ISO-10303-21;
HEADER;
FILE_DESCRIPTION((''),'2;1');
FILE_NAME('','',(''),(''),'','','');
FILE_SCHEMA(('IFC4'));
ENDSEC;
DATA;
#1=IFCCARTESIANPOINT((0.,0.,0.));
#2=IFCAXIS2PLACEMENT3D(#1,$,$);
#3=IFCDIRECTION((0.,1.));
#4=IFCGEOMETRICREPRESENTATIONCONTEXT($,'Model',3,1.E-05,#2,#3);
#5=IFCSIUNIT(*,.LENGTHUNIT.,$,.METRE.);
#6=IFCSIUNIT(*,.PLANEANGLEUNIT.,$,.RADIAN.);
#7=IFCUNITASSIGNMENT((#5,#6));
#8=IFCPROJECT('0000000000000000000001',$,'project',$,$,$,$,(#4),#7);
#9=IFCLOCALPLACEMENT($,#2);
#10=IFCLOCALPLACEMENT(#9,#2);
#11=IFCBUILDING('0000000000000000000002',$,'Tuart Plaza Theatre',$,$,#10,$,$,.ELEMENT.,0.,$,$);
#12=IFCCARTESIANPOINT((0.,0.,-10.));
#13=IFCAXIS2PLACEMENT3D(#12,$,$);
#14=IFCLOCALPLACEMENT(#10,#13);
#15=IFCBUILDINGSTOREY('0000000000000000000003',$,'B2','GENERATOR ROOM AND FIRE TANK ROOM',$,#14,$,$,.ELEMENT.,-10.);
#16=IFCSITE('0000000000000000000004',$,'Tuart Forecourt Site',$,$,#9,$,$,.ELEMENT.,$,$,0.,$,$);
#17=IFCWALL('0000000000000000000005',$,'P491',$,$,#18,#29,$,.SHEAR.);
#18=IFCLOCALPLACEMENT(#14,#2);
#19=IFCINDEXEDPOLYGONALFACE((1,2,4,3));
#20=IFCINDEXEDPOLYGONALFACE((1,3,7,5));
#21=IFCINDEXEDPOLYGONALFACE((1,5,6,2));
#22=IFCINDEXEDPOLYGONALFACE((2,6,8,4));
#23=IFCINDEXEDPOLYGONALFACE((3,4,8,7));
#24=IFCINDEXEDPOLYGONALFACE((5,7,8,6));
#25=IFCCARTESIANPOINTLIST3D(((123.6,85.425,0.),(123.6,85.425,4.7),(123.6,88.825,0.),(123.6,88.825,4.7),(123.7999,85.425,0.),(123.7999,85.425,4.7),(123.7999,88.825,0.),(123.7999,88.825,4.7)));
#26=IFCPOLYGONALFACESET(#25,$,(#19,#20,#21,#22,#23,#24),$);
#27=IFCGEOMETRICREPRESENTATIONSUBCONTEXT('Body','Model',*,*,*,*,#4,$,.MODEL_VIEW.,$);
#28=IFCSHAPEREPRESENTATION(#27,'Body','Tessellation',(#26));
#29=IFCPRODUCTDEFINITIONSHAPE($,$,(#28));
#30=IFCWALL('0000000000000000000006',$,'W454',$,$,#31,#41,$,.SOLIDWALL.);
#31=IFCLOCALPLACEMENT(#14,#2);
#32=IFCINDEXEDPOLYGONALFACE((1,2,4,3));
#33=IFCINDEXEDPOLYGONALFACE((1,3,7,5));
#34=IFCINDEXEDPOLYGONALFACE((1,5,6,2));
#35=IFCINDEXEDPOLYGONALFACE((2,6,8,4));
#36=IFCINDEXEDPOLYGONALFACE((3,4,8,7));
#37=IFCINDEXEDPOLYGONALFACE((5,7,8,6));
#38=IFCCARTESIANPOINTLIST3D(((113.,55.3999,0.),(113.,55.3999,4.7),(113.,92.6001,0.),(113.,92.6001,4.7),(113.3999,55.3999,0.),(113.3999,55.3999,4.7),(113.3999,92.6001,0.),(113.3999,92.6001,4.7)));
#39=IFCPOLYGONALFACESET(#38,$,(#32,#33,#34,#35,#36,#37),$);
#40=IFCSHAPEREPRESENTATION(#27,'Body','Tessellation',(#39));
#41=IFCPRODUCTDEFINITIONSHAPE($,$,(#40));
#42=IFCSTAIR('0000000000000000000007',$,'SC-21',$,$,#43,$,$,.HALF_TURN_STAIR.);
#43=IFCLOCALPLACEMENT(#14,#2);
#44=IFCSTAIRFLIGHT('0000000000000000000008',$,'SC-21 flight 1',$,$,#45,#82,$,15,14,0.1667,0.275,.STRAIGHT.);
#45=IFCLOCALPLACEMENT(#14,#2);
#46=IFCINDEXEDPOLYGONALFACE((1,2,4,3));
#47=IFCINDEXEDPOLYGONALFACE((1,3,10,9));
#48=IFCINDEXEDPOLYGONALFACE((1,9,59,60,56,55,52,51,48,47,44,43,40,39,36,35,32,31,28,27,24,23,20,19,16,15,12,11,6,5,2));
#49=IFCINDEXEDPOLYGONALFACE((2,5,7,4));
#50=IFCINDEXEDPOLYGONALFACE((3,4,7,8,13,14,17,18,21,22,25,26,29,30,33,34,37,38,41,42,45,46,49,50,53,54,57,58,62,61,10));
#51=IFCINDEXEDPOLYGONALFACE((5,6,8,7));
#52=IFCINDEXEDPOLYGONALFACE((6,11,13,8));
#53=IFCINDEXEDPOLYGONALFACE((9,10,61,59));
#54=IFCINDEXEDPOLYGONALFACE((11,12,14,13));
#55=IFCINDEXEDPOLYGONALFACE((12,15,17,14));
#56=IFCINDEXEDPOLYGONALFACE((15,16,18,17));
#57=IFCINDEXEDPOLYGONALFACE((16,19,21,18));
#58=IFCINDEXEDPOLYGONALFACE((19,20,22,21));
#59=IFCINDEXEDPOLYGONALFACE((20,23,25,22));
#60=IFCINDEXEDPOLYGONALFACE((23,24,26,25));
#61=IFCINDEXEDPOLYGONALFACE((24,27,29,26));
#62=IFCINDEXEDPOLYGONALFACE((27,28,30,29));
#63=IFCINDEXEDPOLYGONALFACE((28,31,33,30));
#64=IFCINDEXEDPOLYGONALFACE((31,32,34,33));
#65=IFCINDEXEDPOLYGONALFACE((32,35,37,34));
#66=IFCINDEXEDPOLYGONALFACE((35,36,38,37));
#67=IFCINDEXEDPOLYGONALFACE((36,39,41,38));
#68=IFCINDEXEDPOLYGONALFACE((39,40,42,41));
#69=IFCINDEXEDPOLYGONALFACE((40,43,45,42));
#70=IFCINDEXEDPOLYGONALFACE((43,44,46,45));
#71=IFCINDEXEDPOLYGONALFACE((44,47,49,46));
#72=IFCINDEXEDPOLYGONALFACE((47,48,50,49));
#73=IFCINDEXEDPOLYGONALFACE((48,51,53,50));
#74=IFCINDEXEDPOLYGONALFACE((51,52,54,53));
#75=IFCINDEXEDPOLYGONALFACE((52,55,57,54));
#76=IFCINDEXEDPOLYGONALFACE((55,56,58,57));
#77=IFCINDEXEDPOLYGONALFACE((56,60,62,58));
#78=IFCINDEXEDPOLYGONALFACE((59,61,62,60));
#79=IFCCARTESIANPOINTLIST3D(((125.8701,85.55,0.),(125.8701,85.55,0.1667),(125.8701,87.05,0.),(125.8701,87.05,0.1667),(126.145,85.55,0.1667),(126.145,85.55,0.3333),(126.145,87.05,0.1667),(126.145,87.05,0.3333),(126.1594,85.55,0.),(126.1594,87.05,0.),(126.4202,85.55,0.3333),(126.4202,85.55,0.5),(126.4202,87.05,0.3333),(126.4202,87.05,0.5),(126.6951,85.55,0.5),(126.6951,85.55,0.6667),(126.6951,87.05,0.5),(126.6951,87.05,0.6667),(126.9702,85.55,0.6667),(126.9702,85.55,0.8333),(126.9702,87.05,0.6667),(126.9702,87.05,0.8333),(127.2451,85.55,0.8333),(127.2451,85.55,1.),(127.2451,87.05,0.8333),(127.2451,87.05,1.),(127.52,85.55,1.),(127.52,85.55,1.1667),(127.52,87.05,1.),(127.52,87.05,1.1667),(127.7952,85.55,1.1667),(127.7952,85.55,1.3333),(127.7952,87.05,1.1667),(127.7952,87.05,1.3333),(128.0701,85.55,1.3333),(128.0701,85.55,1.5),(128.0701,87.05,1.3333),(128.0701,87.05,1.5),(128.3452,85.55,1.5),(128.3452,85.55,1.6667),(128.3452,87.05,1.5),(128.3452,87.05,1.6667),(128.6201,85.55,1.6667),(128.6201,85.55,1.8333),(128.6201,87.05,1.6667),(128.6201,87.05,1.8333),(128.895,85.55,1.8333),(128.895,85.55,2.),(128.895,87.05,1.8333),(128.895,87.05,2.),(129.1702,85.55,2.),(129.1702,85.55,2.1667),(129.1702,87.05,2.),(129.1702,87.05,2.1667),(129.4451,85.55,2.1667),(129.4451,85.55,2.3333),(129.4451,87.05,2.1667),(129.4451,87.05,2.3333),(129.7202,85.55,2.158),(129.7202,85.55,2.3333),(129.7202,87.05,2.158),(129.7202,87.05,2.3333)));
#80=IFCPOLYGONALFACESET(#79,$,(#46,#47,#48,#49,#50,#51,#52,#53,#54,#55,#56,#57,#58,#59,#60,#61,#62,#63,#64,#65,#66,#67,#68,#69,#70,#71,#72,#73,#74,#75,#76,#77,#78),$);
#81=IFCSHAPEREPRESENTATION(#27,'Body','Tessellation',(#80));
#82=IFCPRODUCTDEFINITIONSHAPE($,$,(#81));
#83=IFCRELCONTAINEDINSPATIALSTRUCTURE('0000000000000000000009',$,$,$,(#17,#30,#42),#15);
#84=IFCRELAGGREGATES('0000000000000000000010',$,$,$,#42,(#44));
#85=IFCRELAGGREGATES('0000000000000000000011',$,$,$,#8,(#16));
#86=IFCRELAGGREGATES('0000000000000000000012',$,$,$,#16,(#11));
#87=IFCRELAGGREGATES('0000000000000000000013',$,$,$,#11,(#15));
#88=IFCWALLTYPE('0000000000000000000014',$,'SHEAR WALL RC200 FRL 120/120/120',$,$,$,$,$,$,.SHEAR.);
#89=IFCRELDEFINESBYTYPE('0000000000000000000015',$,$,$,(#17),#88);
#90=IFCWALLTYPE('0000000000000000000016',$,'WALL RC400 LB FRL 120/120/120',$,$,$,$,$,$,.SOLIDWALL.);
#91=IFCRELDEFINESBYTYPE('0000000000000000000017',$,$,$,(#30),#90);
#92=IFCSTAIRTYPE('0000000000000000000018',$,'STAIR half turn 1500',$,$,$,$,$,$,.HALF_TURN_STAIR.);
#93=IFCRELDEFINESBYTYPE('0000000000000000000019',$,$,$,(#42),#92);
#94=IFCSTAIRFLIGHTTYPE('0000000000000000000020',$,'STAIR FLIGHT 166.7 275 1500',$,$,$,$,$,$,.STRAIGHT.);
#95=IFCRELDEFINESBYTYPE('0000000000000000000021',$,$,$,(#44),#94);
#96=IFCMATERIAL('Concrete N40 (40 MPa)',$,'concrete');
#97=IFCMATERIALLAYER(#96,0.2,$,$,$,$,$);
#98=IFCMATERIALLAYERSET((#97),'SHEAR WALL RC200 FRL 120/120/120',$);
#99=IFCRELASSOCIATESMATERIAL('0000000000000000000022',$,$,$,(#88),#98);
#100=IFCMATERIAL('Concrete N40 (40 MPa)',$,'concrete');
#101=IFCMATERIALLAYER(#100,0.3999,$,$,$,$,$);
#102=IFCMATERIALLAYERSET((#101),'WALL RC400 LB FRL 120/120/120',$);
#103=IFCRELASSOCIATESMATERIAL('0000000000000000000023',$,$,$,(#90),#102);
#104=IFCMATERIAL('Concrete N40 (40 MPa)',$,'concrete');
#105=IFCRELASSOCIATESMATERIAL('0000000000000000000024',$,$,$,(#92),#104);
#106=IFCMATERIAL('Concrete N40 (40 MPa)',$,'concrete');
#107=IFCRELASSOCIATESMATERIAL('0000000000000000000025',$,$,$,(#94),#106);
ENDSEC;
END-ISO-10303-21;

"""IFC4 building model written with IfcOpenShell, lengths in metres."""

from ifc_helpers import new_model, si_unit, direction, frame, frame_2d, origin, place, context, subcontext, project, spatial, polyline, rectangle, outline, extrude, material, layer, layer_set, type_object, element, aggregate, save


model = new_model("IFC4")

# Units and contexts
model_context = context("Model", 3, precision=1e-05, world=origin(), true_north=direction((0.0, 1.0)))
body_context = subcontext(model_context, "Body", "Model", "MODEL_VIEW")
ifc_project = project(units=[si_unit("LENGTHUNIT", "METRE"), si_unit("PLANEANGLEUNIT", "RADIAN")], contexts=[model_context])

# Site, building, storey
site_placement = place(None, origin())
site = spatial("IfcSite", under=ifc_project, at=site_placement, Name="Tuart Forecourt Site", CompositionType="ELEMENT", RefElevation=0.0)
building_placement = place(site_placement, origin())
building = spatial("IfcBuilding", under=site, at=building_placement, Name="Tuart Plaza Theatre", CompositionType="ELEMENT", ElevationOfRefHeight=0.0)
storey_placement = place(building_placement, frame((0.0, 0.0, -10.0)))
storey = spatial("IfcBuildingStorey", under=building, at=storey_placement, Name="B2", Description="GENERATOR ROOM AND FIRE TANK ROOM", CompositionType="ELEMENT", Elevation=-10.0)

# Shared definitions
ifc_material_1 = material(Name="Concrete N40 (40 MPa)", Category="concrete")
ifc_layer_1 = layer(ifc_material_1, 0.2)
ifc_layer_set_1 = layer_set([ifc_layer_1], Name="SHEAR WALL RC200 FRL 120/120/120")
wall_type_1 = type_object("IfcWallType", Name="SHEAR WALL RC200 FRL 120/120/120", PredefinedType="SHEAR", material=ifc_layer_set_1)

# Walls
wall_1_placement = place(storey_placement, frame((123.7, 88.825, 0.0), z_axis=(0.0, 0.0, 1.0), x_axis=(0.0, -1.0, 0.0)))
element("IfcWall", 1, at=wall_1_placement, inside=storey, type_object=wall_type_1, Name="P491", PredefinedType="SHEAR", context=body_context, shape_type="SweptSolid", body=[
    extrude(rectangle(XDim=3.3999, YDim=0.2, at=frame_2d((1.7, 0.0))), origin(), (0.0, 0.0, 1.0), 4.7),
])
ifc_material_2 = material(Name="Concrete N40 (40 MPa)", Category="concrete")
ifc_layer_2 = layer(ifc_material_2, 0.3999)
ifc_layer_set_2 = layer_set([ifc_layer_2], Name="WALL RC400 LB FRL 120/120/120")
wall_type_2 = type_object("IfcWallType", Name="WALL RC400 LB FRL 120/120/120", PredefinedType="SOLIDWALL", material=ifc_layer_set_2)
wall_2_placement = place(storey_placement, frame((113.2, 92.6001, 0.0), z_axis=(0.0, 0.0, 1.0), x_axis=(0.0, -1.0, 0.0)))
element("IfcWall", 2, at=wall_2_placement, inside=storey, type_object=wall_type_2, Name="W454", PredefinedType="SOLIDWALL", context=body_context, shape_type="SweptSolid", body=[
    extrude(rectangle(XDim=37.2002, YDim=0.3999, at=frame_2d((18.6001, 0.0))), origin(), (0.0, 0.0, 1.0), 4.7),
])

# Stair, stair flight
ifc_material_3 = material(Name="Concrete N40 (40 MPa)", Category="concrete")
stair_type = type_object("IfcStairType", Name="STAIR half turn 1500", PredefinedType="HALF_TURN_STAIR", material=ifc_material_3)
stair_placement = place(storey_placement, origin())
stair = element("IfcStair", 3, at=stair_placement, inside=storey, type_object=stair_type, Name="SC-21", PredefinedType="HALF_TURN_STAIR")
ifc_material_4 = material(Name="Concrete N40 (40 MPa)", Category="concrete")
stair_flight_type = type_object("IfcStairFlightType", Name="STAIR FLIGHT 166.7 275 1500", PredefinedType="STRAIGHT", material=ifc_material_4)
stair_flight_placement = place(storey_placement, frame((125.8701, 86.3, 0.0), z_axis=(0.0, 0.0, 1.0), x_axis=(1.0, 0.0, 0.0)))
stair_flight = element("IfcStairFlight", 4, at=stair_flight_placement, type_object=stair_flight_type, Name="SC-21 flight 1", NumberOfRisers=15, NumberOfTreads=14, PredefinedType="STRAIGHT", RiserHeight=0.1667, TreadLength=0.275, context=body_context, shape_type="SweptSolid", body=[
    extrude(outline(polyline([(0.0, 0.0), (0.0, 0.1667), (0.2749, 0.1667), (0.2749, 0.3333), (0.55, 0.3333), (0.55, 0.5), (0.825, 0.5), (0.825, 0.6667), (1.1001, 0.6667), (1.1001, 0.8333), (1.375, 0.8333), (1.375, 1.0), (1.6499, 1.0), (1.6499, 1.1667), (1.925, 1.1667), (1.925, 1.3333), (2.2, 1.3333), (2.2, 1.5), (2.4751, 1.5), (2.4751, 1.6667), (2.75, 1.6667), (2.75, 1.8333), (3.0249, 1.8333), (3.0249, 2.0), (3.3, 2.0), (3.3, 2.1667), (3.575, 2.1667), (3.575, 2.3333), (3.8501, 2.3333), (3.8501, 2.5), (3.8501, 2.158), (0.2893, 0.0), (0.0, 0.0)])), frame((0.0, 0.75, 0.0), z_axis=(0.0, -1.0, 0.0), x_axis=(1.0, 0.0, 0.0)), (0.0, 0.0, 1.0), 1.5),
])
aggregate(stair, [stair_flight])

save(model, "model.ifc")
